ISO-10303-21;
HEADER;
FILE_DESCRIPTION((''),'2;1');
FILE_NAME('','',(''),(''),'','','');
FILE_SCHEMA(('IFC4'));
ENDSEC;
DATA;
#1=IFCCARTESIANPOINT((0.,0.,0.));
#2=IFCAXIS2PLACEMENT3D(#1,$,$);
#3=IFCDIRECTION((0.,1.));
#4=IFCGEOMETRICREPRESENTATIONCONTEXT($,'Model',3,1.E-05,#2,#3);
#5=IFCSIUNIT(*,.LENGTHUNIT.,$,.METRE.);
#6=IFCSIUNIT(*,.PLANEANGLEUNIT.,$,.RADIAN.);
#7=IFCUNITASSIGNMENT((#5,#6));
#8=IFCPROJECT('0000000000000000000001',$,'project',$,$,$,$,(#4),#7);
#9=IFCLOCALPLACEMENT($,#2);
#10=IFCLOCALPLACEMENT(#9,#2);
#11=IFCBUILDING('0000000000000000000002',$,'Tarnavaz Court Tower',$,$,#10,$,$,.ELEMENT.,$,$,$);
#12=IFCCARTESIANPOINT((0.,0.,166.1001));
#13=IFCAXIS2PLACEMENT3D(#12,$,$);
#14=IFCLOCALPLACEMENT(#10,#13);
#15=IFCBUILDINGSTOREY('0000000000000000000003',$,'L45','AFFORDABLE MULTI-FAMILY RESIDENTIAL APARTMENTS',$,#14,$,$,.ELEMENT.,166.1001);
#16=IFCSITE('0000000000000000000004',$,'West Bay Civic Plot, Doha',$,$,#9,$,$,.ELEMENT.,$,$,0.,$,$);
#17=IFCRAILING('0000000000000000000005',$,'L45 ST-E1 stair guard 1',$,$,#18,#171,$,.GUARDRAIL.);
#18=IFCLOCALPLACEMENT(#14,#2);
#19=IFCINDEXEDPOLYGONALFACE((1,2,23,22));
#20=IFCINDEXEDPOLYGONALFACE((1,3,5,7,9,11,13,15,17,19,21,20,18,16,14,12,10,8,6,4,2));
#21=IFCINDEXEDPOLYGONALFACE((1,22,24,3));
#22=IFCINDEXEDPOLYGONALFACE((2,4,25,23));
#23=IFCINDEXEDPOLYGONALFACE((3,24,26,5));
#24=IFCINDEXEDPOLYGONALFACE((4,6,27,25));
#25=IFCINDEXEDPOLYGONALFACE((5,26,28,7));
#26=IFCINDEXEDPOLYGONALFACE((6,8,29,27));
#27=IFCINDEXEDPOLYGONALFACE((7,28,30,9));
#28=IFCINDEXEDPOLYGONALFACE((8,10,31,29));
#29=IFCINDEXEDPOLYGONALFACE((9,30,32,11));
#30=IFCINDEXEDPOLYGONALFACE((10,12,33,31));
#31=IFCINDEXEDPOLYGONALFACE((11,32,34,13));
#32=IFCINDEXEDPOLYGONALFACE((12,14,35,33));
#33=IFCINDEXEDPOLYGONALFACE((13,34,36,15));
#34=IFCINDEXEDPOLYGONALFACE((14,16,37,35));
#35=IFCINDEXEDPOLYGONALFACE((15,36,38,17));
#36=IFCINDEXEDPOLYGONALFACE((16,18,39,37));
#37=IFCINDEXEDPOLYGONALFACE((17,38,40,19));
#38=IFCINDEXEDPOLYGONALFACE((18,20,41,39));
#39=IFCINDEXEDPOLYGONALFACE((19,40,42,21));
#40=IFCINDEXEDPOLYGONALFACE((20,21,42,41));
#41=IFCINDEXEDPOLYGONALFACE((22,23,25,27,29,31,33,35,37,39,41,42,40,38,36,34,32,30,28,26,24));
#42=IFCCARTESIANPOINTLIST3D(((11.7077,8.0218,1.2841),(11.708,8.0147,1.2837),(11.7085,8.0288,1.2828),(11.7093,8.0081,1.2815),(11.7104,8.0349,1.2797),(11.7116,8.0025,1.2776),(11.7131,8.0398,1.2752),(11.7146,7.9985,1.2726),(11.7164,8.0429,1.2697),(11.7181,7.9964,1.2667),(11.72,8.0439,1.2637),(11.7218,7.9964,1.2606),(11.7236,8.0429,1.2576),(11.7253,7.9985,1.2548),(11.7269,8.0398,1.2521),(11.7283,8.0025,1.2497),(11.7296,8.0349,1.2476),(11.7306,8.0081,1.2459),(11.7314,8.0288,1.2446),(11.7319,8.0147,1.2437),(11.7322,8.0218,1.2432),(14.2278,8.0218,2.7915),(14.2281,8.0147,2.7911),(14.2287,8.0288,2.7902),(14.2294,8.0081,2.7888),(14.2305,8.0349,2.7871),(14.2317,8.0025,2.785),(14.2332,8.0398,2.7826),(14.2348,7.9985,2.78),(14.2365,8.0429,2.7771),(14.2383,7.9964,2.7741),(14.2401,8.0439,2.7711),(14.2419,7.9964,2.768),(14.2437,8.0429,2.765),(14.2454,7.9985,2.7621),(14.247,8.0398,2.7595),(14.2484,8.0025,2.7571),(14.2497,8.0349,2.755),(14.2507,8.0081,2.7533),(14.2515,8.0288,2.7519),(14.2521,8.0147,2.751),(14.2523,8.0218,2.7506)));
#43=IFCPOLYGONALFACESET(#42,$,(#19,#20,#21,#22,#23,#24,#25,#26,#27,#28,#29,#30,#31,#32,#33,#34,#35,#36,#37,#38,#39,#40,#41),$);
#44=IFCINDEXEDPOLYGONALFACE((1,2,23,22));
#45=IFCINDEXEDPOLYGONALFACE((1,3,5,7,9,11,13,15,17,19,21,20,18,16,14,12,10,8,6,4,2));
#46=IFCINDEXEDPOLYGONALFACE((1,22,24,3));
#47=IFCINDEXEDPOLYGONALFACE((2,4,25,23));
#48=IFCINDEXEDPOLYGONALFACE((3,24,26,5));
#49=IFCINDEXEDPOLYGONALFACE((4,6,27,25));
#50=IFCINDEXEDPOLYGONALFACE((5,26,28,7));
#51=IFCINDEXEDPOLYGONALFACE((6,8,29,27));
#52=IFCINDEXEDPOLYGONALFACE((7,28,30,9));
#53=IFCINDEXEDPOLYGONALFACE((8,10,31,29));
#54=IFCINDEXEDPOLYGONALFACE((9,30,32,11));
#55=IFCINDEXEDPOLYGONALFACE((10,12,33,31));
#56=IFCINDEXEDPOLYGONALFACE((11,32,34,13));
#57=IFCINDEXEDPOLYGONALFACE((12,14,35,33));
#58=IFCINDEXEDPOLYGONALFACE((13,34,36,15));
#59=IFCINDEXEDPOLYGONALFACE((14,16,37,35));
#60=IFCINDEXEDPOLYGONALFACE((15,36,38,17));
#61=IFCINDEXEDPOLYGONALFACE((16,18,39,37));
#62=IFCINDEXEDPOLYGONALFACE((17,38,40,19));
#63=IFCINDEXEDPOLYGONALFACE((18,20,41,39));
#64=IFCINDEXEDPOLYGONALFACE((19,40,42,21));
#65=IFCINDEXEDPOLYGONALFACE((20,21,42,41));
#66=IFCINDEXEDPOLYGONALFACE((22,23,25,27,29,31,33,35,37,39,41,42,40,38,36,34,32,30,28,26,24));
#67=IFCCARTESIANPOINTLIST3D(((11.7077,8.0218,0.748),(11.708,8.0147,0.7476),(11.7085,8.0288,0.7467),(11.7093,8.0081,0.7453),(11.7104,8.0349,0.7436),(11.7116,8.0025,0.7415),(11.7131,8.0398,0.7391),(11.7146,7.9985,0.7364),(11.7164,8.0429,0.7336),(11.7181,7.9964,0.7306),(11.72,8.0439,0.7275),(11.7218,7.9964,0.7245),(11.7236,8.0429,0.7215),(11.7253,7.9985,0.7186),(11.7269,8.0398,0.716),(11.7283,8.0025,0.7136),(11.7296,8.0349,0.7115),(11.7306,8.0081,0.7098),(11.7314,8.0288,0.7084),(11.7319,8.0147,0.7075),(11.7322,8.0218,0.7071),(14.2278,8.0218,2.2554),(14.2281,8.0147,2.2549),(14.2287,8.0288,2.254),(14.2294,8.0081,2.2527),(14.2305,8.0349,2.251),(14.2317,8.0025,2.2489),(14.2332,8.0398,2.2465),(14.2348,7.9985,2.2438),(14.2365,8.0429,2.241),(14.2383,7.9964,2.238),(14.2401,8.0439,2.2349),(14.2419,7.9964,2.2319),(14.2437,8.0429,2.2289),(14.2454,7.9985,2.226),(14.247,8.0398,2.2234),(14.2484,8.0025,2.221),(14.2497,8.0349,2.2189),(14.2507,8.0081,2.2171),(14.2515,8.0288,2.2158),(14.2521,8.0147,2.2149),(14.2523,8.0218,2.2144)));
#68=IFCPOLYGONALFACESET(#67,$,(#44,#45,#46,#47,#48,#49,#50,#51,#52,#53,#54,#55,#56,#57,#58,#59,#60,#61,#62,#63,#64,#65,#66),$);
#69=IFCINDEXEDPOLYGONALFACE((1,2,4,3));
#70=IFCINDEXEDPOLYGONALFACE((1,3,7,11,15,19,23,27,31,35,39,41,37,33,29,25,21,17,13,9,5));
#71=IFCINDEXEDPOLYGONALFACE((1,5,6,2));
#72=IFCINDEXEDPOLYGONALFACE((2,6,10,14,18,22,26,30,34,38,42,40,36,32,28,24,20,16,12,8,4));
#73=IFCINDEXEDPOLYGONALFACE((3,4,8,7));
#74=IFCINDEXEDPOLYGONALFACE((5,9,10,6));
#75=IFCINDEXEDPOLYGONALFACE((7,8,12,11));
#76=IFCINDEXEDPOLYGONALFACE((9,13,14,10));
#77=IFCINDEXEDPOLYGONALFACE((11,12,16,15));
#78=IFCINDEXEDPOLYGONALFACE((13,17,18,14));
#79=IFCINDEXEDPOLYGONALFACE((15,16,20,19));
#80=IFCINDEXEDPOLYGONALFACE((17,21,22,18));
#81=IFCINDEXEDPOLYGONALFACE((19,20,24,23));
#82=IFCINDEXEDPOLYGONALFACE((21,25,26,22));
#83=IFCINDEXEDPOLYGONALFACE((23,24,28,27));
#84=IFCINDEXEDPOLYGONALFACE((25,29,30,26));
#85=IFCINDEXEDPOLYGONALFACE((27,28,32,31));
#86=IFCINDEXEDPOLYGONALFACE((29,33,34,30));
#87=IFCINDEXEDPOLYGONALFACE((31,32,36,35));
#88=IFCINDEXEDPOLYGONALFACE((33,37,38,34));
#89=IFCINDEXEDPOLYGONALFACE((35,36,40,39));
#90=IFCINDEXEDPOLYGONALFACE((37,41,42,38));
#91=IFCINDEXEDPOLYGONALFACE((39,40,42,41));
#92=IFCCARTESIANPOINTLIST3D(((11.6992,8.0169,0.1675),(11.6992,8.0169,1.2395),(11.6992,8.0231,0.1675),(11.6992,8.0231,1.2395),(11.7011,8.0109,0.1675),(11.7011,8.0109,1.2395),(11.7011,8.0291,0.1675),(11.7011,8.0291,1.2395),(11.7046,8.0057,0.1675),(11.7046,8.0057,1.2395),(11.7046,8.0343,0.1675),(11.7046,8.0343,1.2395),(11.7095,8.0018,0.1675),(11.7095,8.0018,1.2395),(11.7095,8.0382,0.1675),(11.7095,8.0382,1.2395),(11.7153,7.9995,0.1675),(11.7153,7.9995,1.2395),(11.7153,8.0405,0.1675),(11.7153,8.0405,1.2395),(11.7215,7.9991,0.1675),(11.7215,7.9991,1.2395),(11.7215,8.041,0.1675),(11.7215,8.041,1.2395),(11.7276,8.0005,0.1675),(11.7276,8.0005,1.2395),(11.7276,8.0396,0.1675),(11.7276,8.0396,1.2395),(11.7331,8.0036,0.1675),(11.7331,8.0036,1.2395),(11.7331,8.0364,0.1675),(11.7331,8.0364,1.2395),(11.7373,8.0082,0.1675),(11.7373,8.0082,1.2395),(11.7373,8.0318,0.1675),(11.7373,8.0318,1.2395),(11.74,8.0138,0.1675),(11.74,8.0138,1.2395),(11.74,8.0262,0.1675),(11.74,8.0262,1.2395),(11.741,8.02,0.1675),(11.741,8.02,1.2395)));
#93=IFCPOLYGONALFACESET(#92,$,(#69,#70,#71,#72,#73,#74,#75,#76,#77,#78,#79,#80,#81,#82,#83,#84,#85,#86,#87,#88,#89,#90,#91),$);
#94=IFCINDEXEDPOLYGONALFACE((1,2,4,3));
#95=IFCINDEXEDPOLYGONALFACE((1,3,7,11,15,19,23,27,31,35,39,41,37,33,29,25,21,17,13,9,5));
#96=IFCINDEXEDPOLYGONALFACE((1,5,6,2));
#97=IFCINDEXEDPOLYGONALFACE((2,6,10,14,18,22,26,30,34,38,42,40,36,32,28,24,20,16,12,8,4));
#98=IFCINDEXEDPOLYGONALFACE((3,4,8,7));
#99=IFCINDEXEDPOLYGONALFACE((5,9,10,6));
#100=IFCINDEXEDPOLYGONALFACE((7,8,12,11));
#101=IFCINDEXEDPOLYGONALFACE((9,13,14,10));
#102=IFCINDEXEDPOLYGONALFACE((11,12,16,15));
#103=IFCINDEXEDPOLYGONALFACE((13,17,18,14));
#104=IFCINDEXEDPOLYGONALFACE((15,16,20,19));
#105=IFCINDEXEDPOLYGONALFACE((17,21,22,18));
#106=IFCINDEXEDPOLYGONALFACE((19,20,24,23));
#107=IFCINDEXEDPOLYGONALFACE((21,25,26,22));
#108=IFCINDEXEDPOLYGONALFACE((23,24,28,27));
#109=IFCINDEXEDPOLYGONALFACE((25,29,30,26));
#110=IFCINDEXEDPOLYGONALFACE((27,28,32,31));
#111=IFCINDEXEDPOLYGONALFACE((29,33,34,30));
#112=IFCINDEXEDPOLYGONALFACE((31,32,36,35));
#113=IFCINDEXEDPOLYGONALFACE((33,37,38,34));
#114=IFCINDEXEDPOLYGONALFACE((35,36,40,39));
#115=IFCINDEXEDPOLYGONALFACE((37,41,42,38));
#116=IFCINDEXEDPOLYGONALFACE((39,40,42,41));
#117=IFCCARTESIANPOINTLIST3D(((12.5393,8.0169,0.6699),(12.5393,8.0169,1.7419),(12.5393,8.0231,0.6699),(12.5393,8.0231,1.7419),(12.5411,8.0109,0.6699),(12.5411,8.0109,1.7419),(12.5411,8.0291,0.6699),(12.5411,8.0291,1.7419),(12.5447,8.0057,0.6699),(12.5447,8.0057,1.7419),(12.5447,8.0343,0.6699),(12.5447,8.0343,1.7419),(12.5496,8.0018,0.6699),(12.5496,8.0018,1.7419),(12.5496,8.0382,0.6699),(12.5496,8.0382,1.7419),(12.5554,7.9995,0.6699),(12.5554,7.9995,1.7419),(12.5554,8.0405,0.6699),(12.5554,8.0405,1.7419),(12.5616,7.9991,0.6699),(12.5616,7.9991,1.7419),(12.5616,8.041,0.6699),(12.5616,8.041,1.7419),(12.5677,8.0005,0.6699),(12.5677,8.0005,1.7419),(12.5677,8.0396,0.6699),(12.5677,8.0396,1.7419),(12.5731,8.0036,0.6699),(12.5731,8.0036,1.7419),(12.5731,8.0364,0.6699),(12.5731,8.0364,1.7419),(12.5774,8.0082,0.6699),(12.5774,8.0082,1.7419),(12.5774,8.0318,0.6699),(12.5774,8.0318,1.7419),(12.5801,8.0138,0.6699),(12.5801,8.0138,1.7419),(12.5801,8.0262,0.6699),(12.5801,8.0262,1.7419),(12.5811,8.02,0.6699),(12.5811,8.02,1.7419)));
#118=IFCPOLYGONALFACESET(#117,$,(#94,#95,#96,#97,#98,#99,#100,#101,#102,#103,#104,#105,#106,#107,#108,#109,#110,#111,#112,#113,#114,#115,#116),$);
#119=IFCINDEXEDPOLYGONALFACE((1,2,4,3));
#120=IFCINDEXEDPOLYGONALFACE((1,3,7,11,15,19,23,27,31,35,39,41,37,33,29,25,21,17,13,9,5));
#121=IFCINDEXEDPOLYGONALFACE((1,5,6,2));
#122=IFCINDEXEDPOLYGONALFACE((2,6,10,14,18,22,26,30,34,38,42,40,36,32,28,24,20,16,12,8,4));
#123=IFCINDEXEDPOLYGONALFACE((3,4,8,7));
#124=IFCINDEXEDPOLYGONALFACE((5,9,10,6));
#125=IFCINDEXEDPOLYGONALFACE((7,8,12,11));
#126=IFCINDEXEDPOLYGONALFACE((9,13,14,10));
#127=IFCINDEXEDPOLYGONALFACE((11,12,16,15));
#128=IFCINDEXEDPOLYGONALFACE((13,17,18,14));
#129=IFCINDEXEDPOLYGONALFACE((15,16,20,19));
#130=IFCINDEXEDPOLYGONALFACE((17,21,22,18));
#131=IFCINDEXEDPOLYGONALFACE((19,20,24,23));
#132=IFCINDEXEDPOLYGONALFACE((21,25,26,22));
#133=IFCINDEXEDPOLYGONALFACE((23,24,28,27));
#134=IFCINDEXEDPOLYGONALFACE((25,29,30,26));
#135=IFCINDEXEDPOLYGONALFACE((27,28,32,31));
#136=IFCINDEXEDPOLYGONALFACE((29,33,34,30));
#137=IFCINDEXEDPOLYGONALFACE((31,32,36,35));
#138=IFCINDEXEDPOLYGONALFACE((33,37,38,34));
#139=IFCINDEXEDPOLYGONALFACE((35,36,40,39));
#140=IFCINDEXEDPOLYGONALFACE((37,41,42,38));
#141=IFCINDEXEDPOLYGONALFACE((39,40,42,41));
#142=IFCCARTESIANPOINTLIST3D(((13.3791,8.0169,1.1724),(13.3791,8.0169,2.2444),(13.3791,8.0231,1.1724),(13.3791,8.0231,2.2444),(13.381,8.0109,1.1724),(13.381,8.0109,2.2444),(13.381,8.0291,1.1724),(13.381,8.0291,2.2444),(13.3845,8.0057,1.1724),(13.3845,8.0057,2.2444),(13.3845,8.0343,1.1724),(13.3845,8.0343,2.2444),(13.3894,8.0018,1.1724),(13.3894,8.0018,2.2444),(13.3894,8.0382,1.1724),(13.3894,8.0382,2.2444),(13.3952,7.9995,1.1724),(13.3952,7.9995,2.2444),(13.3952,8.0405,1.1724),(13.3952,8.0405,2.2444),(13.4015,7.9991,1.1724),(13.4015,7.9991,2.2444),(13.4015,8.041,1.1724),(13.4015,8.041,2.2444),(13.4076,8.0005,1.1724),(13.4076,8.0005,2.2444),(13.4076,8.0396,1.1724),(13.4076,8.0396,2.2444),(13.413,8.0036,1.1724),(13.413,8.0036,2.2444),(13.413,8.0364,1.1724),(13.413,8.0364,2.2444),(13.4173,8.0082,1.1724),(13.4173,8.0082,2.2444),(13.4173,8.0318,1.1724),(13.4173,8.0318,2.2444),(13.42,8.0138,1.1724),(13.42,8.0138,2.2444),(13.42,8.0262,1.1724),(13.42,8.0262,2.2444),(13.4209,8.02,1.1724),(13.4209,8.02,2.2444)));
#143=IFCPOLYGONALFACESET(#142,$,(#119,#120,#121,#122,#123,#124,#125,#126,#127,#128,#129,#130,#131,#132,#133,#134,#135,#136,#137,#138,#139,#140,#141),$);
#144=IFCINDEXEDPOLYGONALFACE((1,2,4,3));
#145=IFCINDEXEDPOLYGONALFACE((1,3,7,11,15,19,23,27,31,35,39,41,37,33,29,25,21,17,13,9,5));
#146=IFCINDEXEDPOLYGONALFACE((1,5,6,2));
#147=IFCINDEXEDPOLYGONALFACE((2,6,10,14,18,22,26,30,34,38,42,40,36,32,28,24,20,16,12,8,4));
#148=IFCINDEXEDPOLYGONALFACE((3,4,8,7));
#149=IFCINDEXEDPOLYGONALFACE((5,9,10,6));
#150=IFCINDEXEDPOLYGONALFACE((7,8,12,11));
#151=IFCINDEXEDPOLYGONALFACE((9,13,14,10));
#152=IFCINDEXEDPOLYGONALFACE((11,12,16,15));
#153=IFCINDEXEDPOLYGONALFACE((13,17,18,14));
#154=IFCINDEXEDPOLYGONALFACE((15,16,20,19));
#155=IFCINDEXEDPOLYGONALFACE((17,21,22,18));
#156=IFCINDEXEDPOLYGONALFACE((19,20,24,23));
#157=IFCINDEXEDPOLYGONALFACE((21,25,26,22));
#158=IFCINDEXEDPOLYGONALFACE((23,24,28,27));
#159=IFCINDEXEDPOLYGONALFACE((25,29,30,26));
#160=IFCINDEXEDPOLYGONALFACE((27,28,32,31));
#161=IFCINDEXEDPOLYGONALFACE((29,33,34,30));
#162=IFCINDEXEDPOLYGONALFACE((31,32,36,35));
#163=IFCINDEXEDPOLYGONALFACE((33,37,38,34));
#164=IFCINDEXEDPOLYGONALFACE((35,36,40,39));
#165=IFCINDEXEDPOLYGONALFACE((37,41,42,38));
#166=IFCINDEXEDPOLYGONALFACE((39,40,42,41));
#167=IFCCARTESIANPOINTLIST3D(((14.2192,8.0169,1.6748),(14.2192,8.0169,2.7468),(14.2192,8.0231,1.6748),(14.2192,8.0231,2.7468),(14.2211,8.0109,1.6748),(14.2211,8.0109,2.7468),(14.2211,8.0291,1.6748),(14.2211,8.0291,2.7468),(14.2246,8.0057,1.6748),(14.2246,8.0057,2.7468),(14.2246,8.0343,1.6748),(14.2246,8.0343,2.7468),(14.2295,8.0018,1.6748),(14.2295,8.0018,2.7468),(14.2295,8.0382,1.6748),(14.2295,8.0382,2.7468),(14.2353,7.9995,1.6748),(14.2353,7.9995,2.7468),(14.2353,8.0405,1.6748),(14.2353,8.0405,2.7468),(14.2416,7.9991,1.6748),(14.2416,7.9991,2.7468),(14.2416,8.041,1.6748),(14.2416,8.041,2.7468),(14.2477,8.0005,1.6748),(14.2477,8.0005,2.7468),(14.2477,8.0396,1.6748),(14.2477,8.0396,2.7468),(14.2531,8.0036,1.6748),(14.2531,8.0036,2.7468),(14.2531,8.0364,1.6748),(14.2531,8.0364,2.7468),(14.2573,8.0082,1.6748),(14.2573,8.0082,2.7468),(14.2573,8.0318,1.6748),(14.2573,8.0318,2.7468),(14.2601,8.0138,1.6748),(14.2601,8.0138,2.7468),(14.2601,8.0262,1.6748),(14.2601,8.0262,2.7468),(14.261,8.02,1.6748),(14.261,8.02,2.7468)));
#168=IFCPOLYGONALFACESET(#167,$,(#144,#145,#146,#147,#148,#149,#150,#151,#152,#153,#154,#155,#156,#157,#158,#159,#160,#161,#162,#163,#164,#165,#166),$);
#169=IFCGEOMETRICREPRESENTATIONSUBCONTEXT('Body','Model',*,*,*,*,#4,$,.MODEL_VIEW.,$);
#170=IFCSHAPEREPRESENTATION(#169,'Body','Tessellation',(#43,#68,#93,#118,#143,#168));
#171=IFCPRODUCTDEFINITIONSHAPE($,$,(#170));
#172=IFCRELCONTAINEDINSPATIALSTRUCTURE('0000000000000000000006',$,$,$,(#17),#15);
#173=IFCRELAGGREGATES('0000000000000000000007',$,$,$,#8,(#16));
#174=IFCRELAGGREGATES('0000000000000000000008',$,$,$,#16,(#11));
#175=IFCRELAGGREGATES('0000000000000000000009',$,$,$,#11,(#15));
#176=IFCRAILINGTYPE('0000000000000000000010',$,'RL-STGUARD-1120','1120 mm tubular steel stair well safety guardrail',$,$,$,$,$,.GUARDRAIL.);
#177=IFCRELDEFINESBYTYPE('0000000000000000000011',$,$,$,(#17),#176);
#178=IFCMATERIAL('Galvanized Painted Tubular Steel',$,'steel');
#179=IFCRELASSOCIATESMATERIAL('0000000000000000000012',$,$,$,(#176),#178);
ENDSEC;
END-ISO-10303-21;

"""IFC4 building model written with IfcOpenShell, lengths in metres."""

from ifc_helpers import new_model, si_unit, direction, frame, origin, origin_2d, place, context, subcontext, project, spatial, circle, extrude, material, type_object, element, save


model = new_model("IFC4")

# Units and contexts
model_context = context("Model", 3, precision=1e-05, world=origin(), true_north=direction((0.0, 1.0)))
body_context = subcontext(model_context, "Body", "Model", "MODEL_VIEW")
ifc_project = project(units=[si_unit("LENGTHUNIT", "METRE"), si_unit("PLANEANGLEUNIT", "RADIAN")], contexts=[model_context])

# Site, building, storey
site_placement = place(None, origin())
site = spatial("IfcSite", under=ifc_project, at=site_placement, Name="West Bay Civic Plot, Doha", CompositionType="ELEMENT", RefElevation=0.0)
building_placement = place(site_placement, origin())
building = spatial("IfcBuilding", under=site, at=building_placement, Name="Tarnavaz Court Tower", CompositionType="ELEMENT")
storey_placement = place(building_placement, frame((0.0, 0.0, 166.1001)))
storey = spatial("IfcBuildingStorey", under=building, at=storey_placement, Name="L45", Description="AFFORDABLE MULTI-FAMILY RESIDENTIAL APARTMENTS", CompositionType="ELEMENT", Elevation=166.1001)

# Railing
ifc_material_1 = material(Name="Galvanized Painted Tubular Steel", Category="steel")
railing_type_1 = type_object("IfcRailingType", Name="RL-STGUARD-1120", Description="1120 mm tubular steel stair well safety guardrail", PredefinedType="GUARDRAIL", material=ifc_material_1)
railing_1_placement = place(storey_placement, frame((11.72, 8.02, 0.1675)))
element("IfcRailing", 1, at=railing_1_placement, inside=storey, type_object=railing_type_1, Name="L45 ST-E1 stair guard 1", PredefinedType="GUARDRAIL", context=body_context, shape_type="SweptSolid", body=[
    extrude(circle(Radius=0.0239, at=origin_2d()), frame((0.0, 0.0, 1.0962), z_axis=(0.858196, 0.0, 0.513321), x_axis=(0.0, 1.0, 0.0)), (0.0, 0.0, 1.0), 2.9365),
    extrude(circle(Radius=0.0239, at=origin_2d()), frame((0.0, 0.0, 0.5601), z_axis=(0.858196, 0.0, 0.513321), x_axis=(0.0, 1.0, 0.0)), (0.0, 0.0, 1.0), 2.9365),
    extrude(circle(Radius=0.021, at=origin_2d()), origin(), (0.0, 0.0, 1.0), 1.072),
    extrude(circle(Radius=0.021, at=origin_2d()), frame((0.8401, 0.0, 0.5024)), (0.0, 0.0, 1.0), 1.072),
    extrude(circle(Radius=0.021, at=origin_2d()), frame((1.6799, 0.0, 1.0049)), (0.0, 0.0, 1.0), 1.072),
    extrude(circle(Radius=0.021, at=origin_2d()), frame((2.52, 0.0, 1.5073)), (0.0, 0.0, 1.0), 1.072),
])

save(model, "model.ifc")
